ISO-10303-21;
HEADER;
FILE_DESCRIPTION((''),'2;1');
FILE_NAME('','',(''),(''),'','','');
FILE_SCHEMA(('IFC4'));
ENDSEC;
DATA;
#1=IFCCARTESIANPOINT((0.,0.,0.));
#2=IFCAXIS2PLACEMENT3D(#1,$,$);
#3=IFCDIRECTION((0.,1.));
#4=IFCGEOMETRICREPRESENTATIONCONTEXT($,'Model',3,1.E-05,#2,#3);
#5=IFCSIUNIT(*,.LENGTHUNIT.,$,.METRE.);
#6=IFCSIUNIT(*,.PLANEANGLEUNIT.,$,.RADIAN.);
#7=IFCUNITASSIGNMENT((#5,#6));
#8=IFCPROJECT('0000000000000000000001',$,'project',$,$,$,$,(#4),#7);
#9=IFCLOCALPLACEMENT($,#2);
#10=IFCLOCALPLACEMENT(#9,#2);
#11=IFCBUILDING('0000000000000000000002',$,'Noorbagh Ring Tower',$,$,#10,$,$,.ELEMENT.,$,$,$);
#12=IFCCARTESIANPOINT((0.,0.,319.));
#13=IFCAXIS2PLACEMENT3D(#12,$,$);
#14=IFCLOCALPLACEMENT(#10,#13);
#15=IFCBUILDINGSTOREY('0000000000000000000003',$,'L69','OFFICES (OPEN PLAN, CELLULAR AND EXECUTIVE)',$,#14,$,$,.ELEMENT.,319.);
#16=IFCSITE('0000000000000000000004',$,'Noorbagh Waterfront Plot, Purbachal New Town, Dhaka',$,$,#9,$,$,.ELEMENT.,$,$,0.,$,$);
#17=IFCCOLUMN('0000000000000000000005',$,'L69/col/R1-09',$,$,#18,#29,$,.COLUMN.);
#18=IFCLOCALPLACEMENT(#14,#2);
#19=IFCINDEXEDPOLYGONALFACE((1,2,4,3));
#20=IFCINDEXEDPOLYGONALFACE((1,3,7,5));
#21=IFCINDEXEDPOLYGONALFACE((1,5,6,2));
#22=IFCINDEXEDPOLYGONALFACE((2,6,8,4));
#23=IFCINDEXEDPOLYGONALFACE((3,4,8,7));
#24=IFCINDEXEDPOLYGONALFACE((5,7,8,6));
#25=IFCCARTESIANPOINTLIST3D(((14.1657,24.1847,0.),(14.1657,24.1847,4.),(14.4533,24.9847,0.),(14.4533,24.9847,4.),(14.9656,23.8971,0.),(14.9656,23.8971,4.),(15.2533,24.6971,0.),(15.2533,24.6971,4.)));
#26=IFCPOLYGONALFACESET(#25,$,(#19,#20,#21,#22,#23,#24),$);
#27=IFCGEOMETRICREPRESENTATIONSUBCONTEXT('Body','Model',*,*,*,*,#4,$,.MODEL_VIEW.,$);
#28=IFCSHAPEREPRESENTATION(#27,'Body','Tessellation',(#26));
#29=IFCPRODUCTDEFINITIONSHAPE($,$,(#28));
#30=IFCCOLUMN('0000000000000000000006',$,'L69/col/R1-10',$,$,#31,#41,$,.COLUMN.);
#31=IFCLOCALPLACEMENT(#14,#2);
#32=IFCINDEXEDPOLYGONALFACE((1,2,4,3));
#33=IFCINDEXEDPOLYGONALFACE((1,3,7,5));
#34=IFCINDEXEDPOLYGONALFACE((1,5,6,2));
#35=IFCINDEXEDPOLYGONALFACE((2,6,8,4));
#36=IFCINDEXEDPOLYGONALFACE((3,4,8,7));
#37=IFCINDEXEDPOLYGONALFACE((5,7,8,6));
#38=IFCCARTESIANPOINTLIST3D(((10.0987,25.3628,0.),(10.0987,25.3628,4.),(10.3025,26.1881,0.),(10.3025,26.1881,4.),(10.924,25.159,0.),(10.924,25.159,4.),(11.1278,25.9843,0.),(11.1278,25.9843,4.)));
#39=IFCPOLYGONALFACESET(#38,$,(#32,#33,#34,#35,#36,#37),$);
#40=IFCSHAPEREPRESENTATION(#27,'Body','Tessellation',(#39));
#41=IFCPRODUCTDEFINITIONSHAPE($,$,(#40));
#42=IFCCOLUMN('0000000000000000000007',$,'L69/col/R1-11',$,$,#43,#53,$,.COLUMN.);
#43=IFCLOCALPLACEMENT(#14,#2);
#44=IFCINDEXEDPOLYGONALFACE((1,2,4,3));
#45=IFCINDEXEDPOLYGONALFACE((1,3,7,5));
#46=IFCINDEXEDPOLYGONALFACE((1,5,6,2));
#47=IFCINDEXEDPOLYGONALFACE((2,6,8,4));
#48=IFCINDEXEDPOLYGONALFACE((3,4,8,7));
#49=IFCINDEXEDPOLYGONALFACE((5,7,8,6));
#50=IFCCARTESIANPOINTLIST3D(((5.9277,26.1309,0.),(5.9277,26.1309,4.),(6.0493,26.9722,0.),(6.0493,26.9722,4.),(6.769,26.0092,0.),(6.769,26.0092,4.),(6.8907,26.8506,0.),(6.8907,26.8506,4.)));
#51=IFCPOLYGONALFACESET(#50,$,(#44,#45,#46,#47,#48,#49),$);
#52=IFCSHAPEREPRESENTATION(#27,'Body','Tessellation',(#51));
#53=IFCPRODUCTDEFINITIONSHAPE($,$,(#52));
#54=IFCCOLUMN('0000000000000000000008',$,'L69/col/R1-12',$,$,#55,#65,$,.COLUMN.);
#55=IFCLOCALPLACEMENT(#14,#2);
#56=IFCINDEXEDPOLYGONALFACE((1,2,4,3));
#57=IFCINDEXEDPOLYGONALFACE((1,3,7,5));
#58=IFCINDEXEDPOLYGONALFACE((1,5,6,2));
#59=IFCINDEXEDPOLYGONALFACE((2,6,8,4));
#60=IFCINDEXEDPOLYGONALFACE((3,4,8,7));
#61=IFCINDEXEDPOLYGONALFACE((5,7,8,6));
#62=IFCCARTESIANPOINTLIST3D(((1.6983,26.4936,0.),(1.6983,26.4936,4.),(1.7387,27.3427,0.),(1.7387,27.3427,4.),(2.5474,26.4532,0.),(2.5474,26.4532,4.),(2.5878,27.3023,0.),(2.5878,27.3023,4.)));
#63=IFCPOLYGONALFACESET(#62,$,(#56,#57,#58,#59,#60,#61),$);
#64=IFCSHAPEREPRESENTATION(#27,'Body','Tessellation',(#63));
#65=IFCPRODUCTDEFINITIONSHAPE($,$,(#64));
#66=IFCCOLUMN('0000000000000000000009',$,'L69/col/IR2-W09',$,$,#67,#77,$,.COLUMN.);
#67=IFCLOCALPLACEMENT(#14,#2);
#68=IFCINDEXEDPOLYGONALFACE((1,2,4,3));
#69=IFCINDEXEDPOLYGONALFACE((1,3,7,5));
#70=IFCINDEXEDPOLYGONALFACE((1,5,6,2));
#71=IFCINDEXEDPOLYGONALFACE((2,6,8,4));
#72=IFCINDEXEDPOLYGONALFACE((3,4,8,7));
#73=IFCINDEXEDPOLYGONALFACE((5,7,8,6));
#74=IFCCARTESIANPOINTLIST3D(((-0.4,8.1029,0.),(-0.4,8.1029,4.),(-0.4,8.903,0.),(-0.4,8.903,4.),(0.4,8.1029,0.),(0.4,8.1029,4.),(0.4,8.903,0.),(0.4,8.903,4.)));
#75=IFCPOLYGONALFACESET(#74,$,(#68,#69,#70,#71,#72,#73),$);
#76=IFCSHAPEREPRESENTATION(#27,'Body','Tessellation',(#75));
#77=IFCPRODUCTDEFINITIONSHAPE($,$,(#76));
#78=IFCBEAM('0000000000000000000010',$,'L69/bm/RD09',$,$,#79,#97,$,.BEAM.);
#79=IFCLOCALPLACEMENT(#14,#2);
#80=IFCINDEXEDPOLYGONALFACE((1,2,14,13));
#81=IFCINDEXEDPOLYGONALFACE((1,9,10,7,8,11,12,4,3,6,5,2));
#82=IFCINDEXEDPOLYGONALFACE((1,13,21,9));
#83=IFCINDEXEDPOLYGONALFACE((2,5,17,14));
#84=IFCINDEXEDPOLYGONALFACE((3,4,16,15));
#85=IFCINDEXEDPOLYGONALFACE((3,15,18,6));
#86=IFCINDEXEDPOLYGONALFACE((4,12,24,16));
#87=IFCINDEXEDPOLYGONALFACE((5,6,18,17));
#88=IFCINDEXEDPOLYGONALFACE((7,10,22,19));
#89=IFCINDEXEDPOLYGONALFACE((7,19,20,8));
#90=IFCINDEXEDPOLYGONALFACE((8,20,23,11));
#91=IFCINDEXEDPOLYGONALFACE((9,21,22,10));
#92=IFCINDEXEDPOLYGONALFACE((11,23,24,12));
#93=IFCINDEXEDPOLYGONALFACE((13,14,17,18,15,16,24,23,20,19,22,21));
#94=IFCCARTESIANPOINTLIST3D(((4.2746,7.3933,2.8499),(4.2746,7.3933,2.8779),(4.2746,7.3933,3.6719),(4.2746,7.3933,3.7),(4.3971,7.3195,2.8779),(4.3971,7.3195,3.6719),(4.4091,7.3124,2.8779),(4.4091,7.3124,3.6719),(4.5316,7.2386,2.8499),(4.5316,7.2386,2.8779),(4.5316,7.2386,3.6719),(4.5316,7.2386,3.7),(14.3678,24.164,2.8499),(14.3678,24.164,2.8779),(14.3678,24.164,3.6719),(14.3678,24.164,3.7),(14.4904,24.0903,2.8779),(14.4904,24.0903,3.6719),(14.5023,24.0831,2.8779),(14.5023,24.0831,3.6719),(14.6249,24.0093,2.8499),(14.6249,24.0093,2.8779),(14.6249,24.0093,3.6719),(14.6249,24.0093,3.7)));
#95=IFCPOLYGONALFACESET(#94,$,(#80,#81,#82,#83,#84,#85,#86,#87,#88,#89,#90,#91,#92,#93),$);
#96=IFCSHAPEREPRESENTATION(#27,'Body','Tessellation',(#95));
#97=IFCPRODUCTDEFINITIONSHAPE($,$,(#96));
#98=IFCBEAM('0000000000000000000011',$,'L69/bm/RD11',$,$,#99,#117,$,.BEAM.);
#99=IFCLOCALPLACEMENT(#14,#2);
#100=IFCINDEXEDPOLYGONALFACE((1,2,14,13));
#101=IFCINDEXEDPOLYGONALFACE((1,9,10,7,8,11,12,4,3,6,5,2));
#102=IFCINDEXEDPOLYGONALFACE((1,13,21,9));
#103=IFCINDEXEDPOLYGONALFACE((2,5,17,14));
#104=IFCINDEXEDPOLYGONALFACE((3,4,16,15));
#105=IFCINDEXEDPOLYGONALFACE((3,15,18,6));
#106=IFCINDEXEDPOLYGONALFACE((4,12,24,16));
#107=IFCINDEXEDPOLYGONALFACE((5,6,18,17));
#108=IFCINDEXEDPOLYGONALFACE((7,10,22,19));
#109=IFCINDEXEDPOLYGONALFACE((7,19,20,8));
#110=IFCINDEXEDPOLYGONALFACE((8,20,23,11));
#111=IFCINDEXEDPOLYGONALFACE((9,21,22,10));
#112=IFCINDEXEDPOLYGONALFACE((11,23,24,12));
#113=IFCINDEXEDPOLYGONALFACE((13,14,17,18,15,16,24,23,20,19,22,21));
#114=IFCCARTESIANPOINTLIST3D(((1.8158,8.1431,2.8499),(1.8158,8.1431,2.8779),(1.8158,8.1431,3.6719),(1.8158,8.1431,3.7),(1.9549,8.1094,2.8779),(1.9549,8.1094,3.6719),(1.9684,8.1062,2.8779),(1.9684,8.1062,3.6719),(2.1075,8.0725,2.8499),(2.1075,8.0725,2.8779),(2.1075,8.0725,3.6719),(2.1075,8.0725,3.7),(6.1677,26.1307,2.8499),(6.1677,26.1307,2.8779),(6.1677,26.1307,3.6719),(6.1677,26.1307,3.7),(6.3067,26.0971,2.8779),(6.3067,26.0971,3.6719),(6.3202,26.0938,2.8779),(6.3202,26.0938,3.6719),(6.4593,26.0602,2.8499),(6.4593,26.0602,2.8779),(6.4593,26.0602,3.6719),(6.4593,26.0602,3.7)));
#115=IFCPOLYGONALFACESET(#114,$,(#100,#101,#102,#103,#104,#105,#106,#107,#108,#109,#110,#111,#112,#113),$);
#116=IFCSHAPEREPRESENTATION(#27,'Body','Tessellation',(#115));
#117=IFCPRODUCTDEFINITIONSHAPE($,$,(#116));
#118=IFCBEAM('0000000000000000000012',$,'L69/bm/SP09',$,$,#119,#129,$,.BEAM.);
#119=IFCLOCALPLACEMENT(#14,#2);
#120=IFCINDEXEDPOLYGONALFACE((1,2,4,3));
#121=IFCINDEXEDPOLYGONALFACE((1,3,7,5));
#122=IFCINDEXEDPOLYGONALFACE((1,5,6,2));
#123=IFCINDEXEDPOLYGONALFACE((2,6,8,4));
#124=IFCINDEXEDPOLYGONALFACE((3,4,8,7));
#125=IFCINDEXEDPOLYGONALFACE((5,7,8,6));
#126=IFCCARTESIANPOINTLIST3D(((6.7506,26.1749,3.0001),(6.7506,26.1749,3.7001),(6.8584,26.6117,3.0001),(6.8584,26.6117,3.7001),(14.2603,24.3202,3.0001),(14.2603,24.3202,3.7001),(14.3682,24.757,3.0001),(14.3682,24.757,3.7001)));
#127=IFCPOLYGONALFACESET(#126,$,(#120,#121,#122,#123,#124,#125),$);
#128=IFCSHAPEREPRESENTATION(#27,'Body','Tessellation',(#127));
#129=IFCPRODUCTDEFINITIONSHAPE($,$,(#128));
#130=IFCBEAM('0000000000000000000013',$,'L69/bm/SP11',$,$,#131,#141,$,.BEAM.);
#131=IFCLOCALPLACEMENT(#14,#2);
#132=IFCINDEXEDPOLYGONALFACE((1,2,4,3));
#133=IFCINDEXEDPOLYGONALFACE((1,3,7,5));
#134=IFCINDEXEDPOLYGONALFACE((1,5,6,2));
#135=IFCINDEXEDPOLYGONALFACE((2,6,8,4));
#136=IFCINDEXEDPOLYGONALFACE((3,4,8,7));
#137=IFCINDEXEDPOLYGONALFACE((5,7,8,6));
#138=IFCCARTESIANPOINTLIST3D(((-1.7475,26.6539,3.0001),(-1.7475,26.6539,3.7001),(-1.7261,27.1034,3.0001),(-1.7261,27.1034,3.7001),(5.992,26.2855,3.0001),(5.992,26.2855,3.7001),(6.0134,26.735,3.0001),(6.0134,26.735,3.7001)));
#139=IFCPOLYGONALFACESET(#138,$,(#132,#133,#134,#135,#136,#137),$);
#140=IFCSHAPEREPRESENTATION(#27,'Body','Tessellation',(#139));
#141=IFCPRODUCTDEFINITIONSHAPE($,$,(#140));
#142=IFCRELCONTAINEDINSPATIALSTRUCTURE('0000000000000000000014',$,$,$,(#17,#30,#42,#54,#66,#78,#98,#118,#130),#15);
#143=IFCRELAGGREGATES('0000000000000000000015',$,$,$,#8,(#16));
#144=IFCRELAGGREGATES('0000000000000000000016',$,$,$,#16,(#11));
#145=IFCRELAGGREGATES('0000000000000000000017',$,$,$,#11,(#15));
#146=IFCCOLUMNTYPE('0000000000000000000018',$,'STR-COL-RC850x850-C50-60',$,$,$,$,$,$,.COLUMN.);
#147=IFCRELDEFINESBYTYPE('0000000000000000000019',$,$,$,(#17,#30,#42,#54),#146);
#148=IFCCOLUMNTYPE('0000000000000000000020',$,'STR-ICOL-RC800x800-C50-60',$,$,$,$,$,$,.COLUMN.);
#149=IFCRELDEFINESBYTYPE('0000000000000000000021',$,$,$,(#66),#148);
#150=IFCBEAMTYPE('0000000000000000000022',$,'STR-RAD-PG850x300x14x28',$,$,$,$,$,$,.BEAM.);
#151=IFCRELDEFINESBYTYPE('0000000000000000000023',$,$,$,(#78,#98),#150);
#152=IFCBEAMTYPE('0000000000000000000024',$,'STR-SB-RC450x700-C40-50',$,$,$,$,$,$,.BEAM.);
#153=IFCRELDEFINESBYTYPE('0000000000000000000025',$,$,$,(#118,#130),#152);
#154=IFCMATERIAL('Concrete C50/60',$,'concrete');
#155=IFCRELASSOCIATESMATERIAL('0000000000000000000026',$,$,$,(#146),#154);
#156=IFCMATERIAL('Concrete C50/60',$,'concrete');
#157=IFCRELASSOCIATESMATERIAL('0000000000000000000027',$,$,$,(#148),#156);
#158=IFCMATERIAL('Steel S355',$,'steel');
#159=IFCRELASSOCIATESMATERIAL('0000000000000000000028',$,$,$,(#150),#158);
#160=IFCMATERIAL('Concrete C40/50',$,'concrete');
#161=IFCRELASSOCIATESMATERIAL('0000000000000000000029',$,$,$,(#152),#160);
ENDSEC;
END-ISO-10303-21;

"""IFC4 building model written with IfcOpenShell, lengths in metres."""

from ifc_helpers import new_model, si_unit, direction, frame, origin, origin_2d, place, context, subcontext, project, spatial, rectangle, i_section, extrude, material, material_profile, profile_set, type_object, element, save


model = new_model("IFC4")

# Units and contexts
model_context = context("Model", 3, precision=1e-05, world=origin(), true_north=direction((0.0, 1.0)))
body_context = subcontext(model_context, "Body", "Model", "MODEL_VIEW")
ifc_project = project(units=[si_unit("LENGTHUNIT", "METRE"), si_unit("PLANEANGLEUNIT", "RADIAN")], contexts=[model_context])

# Site, building, storey
site_placement = place(None, origin())
site = spatial("IfcSite", under=ifc_project, at=site_placement, Name="Noorbagh Waterfront Plot, Purbachal New Town, Dhaka", CompositionType="ELEMENT", RefElevation=0.0)
building_placement = place(site_placement, origin())
building = spatial("IfcBuilding", under=site, at=building_placement, Name="Noorbagh Ring Tower", CompositionType="ELEMENT")
storey_placement = place(building_placement, frame((0.0, 0.0, 319.0)))
storey = spatial("IfcBuildingStorey", under=building, at=storey_placement, Name="L69", Description="OFFICES (OPEN PLAN, CELLULAR AND EXECUTIVE)", CompositionType="ELEMENT", Elevation=319.0)

# Columns
ifc_material_1 = material(Name="Concrete C50/60", Category="concrete")
ifc_material_profile_1 = material_profile(ifc_material_1, rectangle(XDim=0.8501, YDim=0.8501, at=origin_2d()), Name="RC850x850")
ifc_profile_set_1 = profile_set([ifc_material_profile_1], Name="Concrete C50/60")
column_type_1 = type_object("IfcColumnType", Name="STR-COL-RC850x850-C50-60", PredefinedType="COLUMN", material=ifc_profile_set_1)
for number, where, z_axis, x_axis, name in (
    (1, (14.7095, 24.4409, 0.0), (0.0, 0.0, 1.0), (-0.941025, 0.338338, 0.0), "L69/col/R1-09"),
    (2, (10.6133, 25.6736, 0.0), (0.0, 0.0, 1.0), (-0.970829, 0.239771, 0.0), "L69/col/R1-10"),
    (3, (6.4092, 26.4907, 0.0), (0.0, 0.0, 1.0), (-0.989713, 0.143066, 0.0), "L69/col/R1-11"),
    (4, (2.1431, 26.8979, 0.0), (0.0, 0.0, 1.0), (-0.998869, 0.047553, 0.0), "L69/col/R1-12"),
):
    element("IfcColumn", number, at=place(storey_placement, frame(where, z_axis=z_axis, x_axis=x_axis)), inside=storey, type_object=column_type_1, Name=name, PredefinedType="COLUMN", context=body_context, shape_type="SweptSolid", body=[
        extrude(rectangle(XDim=0.8501, YDim=0.8501, at=origin_2d()), origin(), (0.0, 0.0, 1.0), 4.0),
    ])
ifc_material_2 = material(Name="Concrete C50/60", Category="concrete")
ifc_material_profile_2 = material_profile(ifc_material_2, rectangle(XDim=0.8, YDim=0.8, at=origin_2d()), Name="RC800x800")
ifc_profile_set_2 = profile_set([ifc_material_profile_2], Name="Concrete C50/60")
column_type_2 = type_object("IfcColumnType", Name="STR-ICOL-RC800x800-C50-60", PredefinedType="COLUMN", material=ifc_profile_set_2)
column_placement = place(storey_placement, frame((0.0, 8.5029, 0.0), z_axis=(0.0, 0.0, 1.0), x_axis=(-1.0, 0.0, 0.0)))
element("IfcColumn", 5, at=column_placement, inside=storey, type_object=column_type_2, Name="L69/col/IR2-W09", PredefinedType="COLUMN", context=body_context, shape_type="SweptSolid", body=[
    extrude(rectangle(XDim=0.8, YDim=0.8, at=origin_2d()), origin(), (0.0, 0.0, 1.0), 4.0),
])

# Beams
ifc_material_3 = material(Name="Steel S355", Category="steel")
ifc_material_profile_3 = material_profile(ifc_material_3, i_section(OverallWidth=0.3, OverallDepth=0.8501, WebThickness=0.0139, FlangeThickness=0.0281, at=origin_2d()), Name="PG850x300x14x28")
ifc_profile_set_3 = profile_set([ifc_material_profile_3], Name="Steel S355")
beam_type_1 = type_object("IfcBeamType", Name="STR-RAD-PG850x300x14x28", PredefinedType="BEAM", material=ifc_profile_set_3)
beam_1_placement = place(storey_placement, frame((14.4963, 24.0867, 3.2749), z_axis=(-0.515653, -0.856798, 0.0), x_axis=(0.856798, -0.515653, 0.0)))
element("IfcBeam", 6, at=beam_1_placement, inside=storey, type_object=beam_type_1, Name="L69/bm/RD09", PredefinedType="BEAM", context=body_context, shape_type="SweptSolid", body=[
    extrude(i_section(OverallWidth=0.3, OverallDepth=0.8501, WebThickness=0.0139, FlangeThickness=0.0281, at=origin_2d()), origin(), (0.0, 0.0, 1.0), 19.5737),
])
beam_2_placement = place(storey_placement, frame((6.3135, 26.0955, 3.2749), z_axis=(-0.23515, -0.971959, 0.0), x_axis=(0.971959, -0.23515, 0.0)))
element("IfcBeam", 7, at=beam_2_placement, inside=storey, type_object=beam_type_1, Name="L69/bm/RD11", PredefinedType="BEAM", context=body_context, shape_type="SweptSolid", body=[
    extrude(i_section(OverallWidth=0.3, OverallDepth=0.8501, WebThickness=0.0139, FlangeThickness=0.0281, at=origin_2d()), origin(), (0.0, 0.0, 1.0), 18.5066),
])
ifc_material_4 = material(Name="Concrete C40/50", Category="concrete")
ifc_material_profile_4 = material_profile(ifc_material_4, rectangle(XDim=0.45, YDim=0.7, at=origin_2d()), Name="RC450x700")
ifc_profile_set_4 = profile_set([ifc_material_profile_4], Name="Concrete C40/50")
beam_type_2 = type_object("IfcBeamType", Name="STR-SB-RC450x700-C40-50", PredefinedType="BEAM", material=ifc_profile_set_4)
beam_3_placement = place(storey_placement, frame((14.3142, 24.5386, 3.3501), z_axis=(-0.970829, 0.239772, 0.0), x_axis=(-0.239772, -0.970829, 0.0)))
element("IfcBeam", 8, at=beam_3_placement, inside=storey, type_object=beam_type_2, Name="L69/bm/SP09", PredefinedType="BEAM", context=body_context, shape_type="SweptSolid", body=[
    extrude(rectangle(XDim=0.45, YDim=0.7, at=origin_2d()), origin(), (0.0, 0.0, 1.0), 7.7354),
])
beam_4_placement = place(storey_placement, frame((6.0027, 26.5103, 3.3501), z_axis=(-0.998869, 0.047547, 0.0), x_axis=(-0.047547, -0.998869, 0.0)))
element("IfcBeam", 9, at=beam_4_placement, inside=storey, type_object=beam_type_2, Name="L69/bm/SP11", PredefinedType="BEAM", context=body_context, shape_type="SweptSolid", body=[
    extrude(rectangle(XDim=0.45, YDim=0.7, at=origin_2d()), origin(), (0.0, 0.0, 1.0), 7.7483),
])

save(model, "model.ifc")
